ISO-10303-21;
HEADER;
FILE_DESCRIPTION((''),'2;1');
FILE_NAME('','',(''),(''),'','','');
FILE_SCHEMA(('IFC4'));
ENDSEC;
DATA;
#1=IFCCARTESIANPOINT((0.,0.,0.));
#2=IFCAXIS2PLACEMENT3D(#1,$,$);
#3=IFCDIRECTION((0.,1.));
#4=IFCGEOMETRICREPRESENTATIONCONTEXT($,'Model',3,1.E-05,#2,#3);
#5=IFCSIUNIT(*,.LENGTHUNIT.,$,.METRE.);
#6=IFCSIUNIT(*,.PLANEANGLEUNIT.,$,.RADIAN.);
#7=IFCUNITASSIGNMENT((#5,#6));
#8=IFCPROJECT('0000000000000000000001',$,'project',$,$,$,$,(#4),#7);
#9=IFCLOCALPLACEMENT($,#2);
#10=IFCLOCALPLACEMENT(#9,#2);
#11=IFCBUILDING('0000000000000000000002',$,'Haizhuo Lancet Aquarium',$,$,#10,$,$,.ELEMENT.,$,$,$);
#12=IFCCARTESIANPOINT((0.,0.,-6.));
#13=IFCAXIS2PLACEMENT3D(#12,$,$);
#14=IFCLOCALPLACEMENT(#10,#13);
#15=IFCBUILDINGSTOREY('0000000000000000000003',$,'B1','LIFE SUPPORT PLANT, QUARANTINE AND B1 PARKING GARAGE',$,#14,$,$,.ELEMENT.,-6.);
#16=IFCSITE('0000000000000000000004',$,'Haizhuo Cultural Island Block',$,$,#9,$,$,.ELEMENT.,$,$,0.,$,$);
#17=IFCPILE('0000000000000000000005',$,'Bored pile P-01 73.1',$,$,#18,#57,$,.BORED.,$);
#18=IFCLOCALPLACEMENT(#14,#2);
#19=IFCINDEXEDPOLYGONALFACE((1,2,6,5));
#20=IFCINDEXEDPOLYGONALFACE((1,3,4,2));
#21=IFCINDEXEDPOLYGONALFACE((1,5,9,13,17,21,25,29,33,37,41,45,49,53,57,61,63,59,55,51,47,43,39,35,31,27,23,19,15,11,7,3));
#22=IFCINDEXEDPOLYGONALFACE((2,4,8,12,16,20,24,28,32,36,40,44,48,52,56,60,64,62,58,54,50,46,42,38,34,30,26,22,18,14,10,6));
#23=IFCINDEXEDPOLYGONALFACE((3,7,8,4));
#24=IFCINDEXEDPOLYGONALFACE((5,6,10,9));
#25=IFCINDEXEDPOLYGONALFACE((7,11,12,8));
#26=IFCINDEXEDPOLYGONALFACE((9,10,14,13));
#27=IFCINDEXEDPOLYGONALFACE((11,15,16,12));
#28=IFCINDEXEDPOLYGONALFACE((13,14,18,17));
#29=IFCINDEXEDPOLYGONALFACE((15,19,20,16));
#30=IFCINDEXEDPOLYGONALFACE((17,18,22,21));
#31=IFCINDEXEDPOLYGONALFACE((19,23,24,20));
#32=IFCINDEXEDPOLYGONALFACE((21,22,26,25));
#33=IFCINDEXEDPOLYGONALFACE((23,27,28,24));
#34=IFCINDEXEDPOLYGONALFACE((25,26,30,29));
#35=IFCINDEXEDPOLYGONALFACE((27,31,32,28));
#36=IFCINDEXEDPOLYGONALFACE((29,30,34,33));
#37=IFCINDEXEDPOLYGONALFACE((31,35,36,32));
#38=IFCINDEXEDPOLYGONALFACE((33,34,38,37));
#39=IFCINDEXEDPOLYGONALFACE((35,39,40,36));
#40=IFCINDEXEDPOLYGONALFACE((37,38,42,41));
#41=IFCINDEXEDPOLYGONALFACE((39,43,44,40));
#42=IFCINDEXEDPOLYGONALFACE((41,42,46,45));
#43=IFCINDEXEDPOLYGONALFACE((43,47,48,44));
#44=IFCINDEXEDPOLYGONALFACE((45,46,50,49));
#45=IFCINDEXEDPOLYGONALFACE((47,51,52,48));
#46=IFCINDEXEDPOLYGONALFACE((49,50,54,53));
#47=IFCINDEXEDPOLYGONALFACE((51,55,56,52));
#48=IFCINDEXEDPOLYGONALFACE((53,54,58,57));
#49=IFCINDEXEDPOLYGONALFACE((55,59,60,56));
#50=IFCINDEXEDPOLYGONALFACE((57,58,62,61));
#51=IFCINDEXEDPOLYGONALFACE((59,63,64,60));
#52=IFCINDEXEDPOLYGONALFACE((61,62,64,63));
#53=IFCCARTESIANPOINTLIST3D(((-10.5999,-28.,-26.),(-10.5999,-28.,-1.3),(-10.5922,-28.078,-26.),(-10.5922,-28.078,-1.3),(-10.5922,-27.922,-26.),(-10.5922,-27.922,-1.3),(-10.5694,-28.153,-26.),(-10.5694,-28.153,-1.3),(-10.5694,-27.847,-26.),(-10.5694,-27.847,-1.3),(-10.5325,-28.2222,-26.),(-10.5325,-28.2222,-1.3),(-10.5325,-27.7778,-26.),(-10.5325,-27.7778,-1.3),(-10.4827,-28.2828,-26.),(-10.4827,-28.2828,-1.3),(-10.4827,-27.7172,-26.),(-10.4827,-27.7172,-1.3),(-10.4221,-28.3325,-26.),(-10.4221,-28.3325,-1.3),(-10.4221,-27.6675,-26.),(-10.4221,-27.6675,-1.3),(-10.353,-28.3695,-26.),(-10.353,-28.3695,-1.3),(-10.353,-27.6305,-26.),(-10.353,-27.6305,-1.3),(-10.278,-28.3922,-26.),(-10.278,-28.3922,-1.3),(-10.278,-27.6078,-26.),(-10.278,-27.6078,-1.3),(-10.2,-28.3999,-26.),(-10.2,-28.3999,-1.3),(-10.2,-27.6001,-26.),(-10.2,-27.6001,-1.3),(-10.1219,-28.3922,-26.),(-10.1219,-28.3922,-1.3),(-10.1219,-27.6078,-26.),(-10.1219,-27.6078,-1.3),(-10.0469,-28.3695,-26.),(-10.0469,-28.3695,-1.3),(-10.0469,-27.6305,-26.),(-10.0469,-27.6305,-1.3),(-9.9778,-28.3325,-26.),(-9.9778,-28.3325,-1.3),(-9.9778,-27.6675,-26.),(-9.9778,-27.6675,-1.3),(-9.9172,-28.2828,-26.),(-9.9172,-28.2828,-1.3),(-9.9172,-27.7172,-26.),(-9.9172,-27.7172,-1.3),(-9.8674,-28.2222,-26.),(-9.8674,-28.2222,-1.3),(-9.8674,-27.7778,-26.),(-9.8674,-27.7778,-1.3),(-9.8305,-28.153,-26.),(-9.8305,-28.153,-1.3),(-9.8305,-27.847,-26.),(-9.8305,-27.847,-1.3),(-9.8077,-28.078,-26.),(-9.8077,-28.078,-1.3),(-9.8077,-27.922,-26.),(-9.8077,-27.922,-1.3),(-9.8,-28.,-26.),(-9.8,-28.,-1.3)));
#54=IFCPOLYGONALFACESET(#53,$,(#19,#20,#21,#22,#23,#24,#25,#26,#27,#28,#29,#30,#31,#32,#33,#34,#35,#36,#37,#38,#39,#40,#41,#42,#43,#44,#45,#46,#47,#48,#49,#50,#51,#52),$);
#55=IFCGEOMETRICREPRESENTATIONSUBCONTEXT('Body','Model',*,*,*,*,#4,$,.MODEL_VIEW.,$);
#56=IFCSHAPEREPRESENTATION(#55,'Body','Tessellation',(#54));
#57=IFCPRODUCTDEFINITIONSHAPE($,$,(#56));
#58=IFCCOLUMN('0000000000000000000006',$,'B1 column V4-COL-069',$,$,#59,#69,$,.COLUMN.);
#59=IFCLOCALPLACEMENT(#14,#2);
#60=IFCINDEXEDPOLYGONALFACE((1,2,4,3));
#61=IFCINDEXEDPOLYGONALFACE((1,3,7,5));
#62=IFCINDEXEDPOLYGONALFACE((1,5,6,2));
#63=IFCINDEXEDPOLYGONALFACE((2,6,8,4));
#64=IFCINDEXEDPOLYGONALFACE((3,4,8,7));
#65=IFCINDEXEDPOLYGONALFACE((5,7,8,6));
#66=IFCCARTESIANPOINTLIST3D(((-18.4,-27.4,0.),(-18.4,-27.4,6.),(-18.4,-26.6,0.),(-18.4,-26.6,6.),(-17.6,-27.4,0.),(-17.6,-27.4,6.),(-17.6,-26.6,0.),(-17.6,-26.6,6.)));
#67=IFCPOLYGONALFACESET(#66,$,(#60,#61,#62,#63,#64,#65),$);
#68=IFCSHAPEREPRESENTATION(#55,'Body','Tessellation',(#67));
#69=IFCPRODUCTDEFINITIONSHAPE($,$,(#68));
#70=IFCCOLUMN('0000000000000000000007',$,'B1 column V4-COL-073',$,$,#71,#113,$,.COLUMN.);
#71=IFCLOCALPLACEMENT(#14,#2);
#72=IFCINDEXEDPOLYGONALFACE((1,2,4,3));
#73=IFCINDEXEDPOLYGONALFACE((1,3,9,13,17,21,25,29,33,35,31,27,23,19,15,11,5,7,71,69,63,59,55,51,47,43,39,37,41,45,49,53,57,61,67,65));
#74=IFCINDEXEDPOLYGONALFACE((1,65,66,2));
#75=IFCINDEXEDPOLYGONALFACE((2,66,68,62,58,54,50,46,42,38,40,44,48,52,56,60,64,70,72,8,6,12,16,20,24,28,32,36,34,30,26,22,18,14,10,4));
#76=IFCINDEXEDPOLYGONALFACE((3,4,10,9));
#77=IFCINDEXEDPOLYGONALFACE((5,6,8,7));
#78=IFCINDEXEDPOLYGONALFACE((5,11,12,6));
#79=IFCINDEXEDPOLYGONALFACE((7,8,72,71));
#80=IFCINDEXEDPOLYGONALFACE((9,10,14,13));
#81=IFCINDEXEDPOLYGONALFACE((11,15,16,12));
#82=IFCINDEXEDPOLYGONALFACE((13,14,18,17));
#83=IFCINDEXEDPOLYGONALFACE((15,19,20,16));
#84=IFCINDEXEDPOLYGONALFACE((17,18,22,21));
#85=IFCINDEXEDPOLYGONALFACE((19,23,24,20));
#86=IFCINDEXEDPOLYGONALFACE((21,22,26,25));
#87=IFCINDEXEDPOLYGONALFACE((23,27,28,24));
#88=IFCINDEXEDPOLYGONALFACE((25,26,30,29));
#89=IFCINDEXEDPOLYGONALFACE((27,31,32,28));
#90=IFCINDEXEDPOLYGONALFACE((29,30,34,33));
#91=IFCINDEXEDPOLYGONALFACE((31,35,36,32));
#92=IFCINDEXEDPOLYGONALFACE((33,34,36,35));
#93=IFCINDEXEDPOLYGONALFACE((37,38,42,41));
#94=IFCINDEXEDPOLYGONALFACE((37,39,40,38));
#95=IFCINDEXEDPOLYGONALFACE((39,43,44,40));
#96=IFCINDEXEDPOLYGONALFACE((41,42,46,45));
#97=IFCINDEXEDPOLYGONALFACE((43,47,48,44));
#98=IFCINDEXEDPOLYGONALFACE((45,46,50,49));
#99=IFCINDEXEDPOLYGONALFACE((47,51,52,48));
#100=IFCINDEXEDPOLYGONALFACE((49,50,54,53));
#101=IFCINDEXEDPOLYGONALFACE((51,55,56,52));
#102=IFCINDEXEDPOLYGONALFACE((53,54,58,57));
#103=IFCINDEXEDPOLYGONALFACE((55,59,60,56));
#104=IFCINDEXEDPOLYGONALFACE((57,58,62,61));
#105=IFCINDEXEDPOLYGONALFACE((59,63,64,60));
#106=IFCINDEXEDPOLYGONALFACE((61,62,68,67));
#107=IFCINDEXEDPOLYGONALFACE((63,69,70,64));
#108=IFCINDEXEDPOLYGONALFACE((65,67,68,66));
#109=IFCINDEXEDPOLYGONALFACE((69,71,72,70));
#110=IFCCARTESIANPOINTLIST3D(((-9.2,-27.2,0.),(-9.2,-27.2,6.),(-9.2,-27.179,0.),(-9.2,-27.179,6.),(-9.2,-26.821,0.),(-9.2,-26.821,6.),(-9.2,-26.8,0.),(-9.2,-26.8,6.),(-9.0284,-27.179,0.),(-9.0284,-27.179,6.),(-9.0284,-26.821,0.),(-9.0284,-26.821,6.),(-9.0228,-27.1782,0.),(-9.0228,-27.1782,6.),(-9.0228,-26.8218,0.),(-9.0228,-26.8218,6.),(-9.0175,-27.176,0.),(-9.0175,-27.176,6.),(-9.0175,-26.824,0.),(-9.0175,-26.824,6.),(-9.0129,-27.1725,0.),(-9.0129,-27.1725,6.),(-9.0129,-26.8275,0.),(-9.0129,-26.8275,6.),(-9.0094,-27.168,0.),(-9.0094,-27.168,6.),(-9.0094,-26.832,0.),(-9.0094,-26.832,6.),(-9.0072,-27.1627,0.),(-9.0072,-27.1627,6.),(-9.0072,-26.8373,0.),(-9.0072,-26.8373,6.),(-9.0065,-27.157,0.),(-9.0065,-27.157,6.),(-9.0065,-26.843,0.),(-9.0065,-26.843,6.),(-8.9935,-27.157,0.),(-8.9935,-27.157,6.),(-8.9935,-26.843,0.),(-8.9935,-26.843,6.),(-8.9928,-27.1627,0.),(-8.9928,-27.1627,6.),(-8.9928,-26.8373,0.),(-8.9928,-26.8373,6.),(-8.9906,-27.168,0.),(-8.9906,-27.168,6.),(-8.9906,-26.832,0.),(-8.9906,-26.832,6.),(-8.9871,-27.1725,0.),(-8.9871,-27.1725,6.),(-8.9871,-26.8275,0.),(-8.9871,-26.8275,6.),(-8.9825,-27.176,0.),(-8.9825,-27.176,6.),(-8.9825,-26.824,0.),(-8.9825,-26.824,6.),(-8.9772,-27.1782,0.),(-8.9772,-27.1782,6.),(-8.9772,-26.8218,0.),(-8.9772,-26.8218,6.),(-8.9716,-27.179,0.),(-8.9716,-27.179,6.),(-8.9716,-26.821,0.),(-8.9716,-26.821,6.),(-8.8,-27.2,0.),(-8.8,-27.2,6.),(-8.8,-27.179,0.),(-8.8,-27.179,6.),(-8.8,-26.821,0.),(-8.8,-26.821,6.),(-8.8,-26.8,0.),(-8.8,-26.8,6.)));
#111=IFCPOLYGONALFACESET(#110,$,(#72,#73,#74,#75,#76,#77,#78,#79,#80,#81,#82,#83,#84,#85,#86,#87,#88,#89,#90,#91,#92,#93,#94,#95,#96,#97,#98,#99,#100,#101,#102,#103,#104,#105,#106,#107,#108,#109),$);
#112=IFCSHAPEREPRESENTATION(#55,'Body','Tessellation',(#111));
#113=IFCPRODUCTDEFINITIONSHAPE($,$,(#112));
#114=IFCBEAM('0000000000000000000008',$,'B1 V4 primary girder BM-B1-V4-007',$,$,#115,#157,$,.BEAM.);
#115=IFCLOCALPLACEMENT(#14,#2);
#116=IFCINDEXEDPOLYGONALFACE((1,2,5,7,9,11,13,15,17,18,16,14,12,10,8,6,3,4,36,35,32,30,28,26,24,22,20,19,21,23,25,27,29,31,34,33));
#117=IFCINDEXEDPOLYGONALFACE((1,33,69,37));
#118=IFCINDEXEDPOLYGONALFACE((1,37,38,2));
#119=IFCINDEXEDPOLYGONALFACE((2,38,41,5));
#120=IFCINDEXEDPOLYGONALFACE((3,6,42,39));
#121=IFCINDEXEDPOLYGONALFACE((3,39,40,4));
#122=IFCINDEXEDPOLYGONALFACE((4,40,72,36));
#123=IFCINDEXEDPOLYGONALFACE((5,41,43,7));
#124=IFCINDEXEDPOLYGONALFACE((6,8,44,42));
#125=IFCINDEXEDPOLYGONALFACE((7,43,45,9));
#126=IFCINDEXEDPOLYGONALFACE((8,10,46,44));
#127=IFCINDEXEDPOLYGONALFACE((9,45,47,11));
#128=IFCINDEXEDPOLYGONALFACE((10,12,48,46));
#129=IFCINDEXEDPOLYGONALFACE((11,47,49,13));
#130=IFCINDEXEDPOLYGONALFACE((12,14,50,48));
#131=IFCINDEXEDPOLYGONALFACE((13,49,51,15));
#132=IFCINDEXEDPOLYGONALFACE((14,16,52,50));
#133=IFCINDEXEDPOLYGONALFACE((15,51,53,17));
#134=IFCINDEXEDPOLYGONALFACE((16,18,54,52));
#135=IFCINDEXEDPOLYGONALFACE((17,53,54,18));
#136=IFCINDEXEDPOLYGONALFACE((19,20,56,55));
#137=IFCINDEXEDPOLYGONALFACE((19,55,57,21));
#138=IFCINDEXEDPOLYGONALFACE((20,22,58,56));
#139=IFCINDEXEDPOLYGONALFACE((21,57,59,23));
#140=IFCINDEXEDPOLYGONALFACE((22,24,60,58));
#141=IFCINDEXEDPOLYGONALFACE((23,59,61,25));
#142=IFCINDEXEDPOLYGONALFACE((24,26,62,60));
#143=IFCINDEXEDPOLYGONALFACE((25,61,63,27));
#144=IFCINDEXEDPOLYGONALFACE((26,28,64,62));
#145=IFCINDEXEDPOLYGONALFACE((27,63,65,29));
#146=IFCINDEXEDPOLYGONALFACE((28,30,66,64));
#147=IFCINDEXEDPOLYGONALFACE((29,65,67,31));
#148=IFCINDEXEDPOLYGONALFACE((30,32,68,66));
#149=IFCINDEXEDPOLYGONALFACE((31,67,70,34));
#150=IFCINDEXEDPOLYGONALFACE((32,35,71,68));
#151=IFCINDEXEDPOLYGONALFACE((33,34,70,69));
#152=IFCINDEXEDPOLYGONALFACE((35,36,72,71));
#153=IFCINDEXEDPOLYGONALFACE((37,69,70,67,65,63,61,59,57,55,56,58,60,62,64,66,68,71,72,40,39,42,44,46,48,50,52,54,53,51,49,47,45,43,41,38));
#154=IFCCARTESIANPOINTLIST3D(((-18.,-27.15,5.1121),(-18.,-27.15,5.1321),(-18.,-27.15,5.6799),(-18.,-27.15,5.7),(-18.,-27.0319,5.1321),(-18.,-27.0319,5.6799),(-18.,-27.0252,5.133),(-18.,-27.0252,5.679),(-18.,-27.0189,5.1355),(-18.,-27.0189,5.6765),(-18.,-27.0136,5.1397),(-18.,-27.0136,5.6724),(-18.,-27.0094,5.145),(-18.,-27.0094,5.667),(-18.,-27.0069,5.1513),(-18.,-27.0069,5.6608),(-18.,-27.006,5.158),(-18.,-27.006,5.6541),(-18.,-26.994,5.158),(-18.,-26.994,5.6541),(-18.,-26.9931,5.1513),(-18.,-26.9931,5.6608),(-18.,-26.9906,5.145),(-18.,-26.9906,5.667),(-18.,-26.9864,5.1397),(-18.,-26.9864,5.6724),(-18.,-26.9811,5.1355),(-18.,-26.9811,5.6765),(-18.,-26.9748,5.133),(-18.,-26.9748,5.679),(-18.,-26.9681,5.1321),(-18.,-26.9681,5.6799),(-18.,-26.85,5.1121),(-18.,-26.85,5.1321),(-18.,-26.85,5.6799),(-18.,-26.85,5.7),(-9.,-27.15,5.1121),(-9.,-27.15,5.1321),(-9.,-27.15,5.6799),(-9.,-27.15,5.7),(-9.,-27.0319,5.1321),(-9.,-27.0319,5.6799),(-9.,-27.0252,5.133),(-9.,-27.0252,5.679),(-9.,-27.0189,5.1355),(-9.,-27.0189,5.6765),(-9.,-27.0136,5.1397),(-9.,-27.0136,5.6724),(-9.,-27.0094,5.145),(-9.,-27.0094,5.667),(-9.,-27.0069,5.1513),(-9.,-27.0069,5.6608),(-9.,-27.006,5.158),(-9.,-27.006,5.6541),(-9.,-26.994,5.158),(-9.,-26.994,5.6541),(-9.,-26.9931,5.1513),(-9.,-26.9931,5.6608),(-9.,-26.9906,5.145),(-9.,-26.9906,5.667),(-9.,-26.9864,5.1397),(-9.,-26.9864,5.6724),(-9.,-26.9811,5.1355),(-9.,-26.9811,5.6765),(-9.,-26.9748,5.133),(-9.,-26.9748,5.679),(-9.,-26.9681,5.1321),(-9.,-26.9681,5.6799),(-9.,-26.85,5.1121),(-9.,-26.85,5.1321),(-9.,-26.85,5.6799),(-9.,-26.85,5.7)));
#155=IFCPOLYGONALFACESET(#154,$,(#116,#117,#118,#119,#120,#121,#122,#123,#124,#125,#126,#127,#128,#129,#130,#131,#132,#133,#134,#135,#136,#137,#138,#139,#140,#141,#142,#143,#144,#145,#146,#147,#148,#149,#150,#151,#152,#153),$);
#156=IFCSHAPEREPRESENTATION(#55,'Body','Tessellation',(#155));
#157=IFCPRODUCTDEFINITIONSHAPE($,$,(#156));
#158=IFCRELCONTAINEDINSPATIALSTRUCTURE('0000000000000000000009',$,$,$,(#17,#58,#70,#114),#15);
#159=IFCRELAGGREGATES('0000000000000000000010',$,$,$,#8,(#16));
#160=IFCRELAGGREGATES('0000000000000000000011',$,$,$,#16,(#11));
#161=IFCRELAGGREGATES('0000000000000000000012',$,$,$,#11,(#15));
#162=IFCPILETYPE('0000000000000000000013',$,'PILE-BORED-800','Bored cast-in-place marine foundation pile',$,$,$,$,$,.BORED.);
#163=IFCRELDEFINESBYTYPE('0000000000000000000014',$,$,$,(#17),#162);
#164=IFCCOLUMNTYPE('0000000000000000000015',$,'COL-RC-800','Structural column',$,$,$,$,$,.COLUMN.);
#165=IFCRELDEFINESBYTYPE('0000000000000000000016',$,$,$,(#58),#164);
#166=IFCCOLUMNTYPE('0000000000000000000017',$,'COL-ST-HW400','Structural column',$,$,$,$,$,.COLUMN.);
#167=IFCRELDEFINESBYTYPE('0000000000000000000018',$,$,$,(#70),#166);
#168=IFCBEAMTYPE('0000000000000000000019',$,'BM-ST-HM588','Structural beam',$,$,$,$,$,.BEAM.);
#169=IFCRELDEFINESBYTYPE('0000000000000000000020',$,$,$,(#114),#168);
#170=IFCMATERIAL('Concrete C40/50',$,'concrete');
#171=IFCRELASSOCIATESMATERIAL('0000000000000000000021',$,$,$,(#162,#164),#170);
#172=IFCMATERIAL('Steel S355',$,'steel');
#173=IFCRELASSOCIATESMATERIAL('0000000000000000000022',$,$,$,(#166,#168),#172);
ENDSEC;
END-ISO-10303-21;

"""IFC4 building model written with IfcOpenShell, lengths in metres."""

from ifc_helpers import new_model, si_unit, direction, frame, origin, origin_2d, place, context, subcontext, project, spatial, rectangle, circle, i_section, extrude, material, material_profile, profile_set, type_object, element, save


model = new_model("IFC4")

# Units and contexts
model_context = context("Model", 3, precision=1e-05, world=origin(), true_north=direction((0.0, 1.0)))
body_context = subcontext(model_context, "Body", "Model", "MODEL_VIEW")
ifc_project = project(units=[si_unit("LENGTHUNIT", "METRE"), si_unit("PLANEANGLEUNIT", "RADIAN")], contexts=[model_context])

# Site, building, storey
site_placement = place(None, origin())
site = spatial("IfcSite", under=ifc_project, at=site_placement, Name="Haizhuo Cultural Island Block", CompositionType="ELEMENT", RefElevation=0.0)
building_placement = place(site_placement, origin())
building = spatial("IfcBuilding", under=site, at=building_placement, Name="Haizhuo Lancet Aquarium", CompositionType="ELEMENT")
storey_placement = place(building_placement, frame((0.0, 0.0, -6.0)))
storey = spatial("IfcBuildingStorey", under=building, at=storey_placement, Name="B1", Description="LIFE SUPPORT PLANT, QUARANTINE AND B1 PARKING GARAGE", CompositionType="ELEMENT", Elevation=-6.0)

# Shared definitions
ifc_material_1 = material(Name="Concrete C40/50", Category="concrete")

# Pile
ifc_material_profile_1 = material_profile(ifc_material_1, circle(Radius=0.3999, at=origin_2d()), Name="PILE-800")
ifc_profile_set_1 = profile_set([ifc_material_profile_1], Name="Concrete C40/50")
pile_type_1 = type_object("IfcPileType", Name="PILE-BORED-800", Description="Bored cast-in-place marine foundation pile", PredefinedType="BORED", material=ifc_profile_set_1)
pile_1_placement = place(storey_placement, frame((-10.2, -28.0, -1.3), z_axis=(0.0, 0.0, -1.0), x_axis=(1.0, 0.0, 0.0)))
element("IfcPile", 1, at=pile_1_placement, inside=storey, type_object=pile_type_1, Name="Bored pile P-01 73.1", PredefinedType="BORED", context=body_context, shape_type="SweptSolid", body=[
    extrude(circle(Radius=0.3999, at=origin_2d()), origin(), (0.0, 0.0, 1.0), 24.7),
])

# Columns
ifc_material_profile_2 = material_profile(ifc_material_1, rectangle(XDim=0.8, YDim=0.8, at=origin_2d()), Name="RC-COL 800x800")
ifc_profile_set_2 = profile_set([ifc_material_profile_2], Name="Concrete C40/50")
column_type_1 = type_object("IfcColumnType", Name="COL-RC-800", Description="Structural column", PredefinedType="COLUMN", material=ifc_profile_set_2)
column_1_placement = place(storey_placement, frame((-18.0, -27.0, 0.0), z_axis=(0.0, 0.0, 1.0), x_axis=(1.0, 0.0, 0.0)))
element("IfcColumn", 2, at=column_1_placement, inside=storey, type_object=column_type_1, Name="B1 column V4-COL-069", PredefinedType="COLUMN", context=body_context, shape_type="SweptSolid", body=[
    extrude(rectangle(XDim=0.8, YDim=0.8, at=origin_2d()), origin(), (0.0, 0.0, 1.0), 6.0),
])
ifc_material_2 = material(Name="Steel S355", Category="steel")
ifc_material_profile_3 = material_profile(ifc_material_2, i_section(OverallWidth=0.3999, OverallDepth=0.3999, WebThickness=0.0129, FlangeThickness=0.021, FilletRadius=0.022, at=origin_2d()), Name="HW 400x400x13x21")
ifc_profile_set_3 = profile_set([ifc_material_profile_3], Name="Steel S355")
column_type_2 = type_object("IfcColumnType", Name="COL-ST-HW400", Description="Structural column", PredefinedType="COLUMN", material=ifc_profile_set_3)
column_2_placement = place(storey_placement, frame((-9.0, -27.0, 0.0), z_axis=(0.0, 0.0, 1.0), x_axis=(1.0, 0.0, 0.0)))
element("IfcColumn", 3, at=column_2_placement, inside=storey, type_object=column_type_2, Name="B1 column V4-COL-073", PredefinedType="COLUMN", context=body_context, shape_type="SweptSolid", body=[
    extrude(i_section(OverallWidth=0.3999, OverallDepth=0.3999, WebThickness=0.0129, FlangeThickness=0.021, FilletRadius=0.022, at=origin_2d()), origin(), (0.0, 0.0, 1.0), 6.0),
])

# Beam
ifc_material_profile_4 = material_profile(ifc_material_2, i_section(OverallWidth=0.3, OverallDepth=0.5879, WebThickness=0.012, FlangeThickness=0.02, FilletRadius=0.0259, at=origin_2d()), Name="HM 588x300x12x20")
ifc_profile_set_4 = profile_set([ifc_material_profile_4], Name="Steel S355")
beam_type_1 = type_object("IfcBeamType", Name="BM-ST-HM588", Description="Structural beam", PredefinedType="BEAM", material=ifc_profile_set_4)
for number, where, z_axis, x_axis, name in (
    (4, (-18.0, -27.0, 5.406), (1.0, 0.0, 0.0), (0.0, 1.0, 0.0), "B1 V4 primary girder BM-B1-V4-007"),
):
    element("IfcBeam", number, at=place(storey_placement, frame(where, z_axis=z_axis, x_axis=x_axis)), inside=storey, type_object=beam_type_1, Name=name, PredefinedType="BEAM", context=body_context, shape_type="SweptSolid", body=[
        extrude(i_section(OverallWidth=0.3, OverallDepth=0.5879, WebThickness=0.012, FlangeThickness=0.02, FilletRadius=0.0259, at=origin_2d()), origin(), (0.0, 0.0, 1.0), 9.0),
    ])

save(model, "model.ifc")
